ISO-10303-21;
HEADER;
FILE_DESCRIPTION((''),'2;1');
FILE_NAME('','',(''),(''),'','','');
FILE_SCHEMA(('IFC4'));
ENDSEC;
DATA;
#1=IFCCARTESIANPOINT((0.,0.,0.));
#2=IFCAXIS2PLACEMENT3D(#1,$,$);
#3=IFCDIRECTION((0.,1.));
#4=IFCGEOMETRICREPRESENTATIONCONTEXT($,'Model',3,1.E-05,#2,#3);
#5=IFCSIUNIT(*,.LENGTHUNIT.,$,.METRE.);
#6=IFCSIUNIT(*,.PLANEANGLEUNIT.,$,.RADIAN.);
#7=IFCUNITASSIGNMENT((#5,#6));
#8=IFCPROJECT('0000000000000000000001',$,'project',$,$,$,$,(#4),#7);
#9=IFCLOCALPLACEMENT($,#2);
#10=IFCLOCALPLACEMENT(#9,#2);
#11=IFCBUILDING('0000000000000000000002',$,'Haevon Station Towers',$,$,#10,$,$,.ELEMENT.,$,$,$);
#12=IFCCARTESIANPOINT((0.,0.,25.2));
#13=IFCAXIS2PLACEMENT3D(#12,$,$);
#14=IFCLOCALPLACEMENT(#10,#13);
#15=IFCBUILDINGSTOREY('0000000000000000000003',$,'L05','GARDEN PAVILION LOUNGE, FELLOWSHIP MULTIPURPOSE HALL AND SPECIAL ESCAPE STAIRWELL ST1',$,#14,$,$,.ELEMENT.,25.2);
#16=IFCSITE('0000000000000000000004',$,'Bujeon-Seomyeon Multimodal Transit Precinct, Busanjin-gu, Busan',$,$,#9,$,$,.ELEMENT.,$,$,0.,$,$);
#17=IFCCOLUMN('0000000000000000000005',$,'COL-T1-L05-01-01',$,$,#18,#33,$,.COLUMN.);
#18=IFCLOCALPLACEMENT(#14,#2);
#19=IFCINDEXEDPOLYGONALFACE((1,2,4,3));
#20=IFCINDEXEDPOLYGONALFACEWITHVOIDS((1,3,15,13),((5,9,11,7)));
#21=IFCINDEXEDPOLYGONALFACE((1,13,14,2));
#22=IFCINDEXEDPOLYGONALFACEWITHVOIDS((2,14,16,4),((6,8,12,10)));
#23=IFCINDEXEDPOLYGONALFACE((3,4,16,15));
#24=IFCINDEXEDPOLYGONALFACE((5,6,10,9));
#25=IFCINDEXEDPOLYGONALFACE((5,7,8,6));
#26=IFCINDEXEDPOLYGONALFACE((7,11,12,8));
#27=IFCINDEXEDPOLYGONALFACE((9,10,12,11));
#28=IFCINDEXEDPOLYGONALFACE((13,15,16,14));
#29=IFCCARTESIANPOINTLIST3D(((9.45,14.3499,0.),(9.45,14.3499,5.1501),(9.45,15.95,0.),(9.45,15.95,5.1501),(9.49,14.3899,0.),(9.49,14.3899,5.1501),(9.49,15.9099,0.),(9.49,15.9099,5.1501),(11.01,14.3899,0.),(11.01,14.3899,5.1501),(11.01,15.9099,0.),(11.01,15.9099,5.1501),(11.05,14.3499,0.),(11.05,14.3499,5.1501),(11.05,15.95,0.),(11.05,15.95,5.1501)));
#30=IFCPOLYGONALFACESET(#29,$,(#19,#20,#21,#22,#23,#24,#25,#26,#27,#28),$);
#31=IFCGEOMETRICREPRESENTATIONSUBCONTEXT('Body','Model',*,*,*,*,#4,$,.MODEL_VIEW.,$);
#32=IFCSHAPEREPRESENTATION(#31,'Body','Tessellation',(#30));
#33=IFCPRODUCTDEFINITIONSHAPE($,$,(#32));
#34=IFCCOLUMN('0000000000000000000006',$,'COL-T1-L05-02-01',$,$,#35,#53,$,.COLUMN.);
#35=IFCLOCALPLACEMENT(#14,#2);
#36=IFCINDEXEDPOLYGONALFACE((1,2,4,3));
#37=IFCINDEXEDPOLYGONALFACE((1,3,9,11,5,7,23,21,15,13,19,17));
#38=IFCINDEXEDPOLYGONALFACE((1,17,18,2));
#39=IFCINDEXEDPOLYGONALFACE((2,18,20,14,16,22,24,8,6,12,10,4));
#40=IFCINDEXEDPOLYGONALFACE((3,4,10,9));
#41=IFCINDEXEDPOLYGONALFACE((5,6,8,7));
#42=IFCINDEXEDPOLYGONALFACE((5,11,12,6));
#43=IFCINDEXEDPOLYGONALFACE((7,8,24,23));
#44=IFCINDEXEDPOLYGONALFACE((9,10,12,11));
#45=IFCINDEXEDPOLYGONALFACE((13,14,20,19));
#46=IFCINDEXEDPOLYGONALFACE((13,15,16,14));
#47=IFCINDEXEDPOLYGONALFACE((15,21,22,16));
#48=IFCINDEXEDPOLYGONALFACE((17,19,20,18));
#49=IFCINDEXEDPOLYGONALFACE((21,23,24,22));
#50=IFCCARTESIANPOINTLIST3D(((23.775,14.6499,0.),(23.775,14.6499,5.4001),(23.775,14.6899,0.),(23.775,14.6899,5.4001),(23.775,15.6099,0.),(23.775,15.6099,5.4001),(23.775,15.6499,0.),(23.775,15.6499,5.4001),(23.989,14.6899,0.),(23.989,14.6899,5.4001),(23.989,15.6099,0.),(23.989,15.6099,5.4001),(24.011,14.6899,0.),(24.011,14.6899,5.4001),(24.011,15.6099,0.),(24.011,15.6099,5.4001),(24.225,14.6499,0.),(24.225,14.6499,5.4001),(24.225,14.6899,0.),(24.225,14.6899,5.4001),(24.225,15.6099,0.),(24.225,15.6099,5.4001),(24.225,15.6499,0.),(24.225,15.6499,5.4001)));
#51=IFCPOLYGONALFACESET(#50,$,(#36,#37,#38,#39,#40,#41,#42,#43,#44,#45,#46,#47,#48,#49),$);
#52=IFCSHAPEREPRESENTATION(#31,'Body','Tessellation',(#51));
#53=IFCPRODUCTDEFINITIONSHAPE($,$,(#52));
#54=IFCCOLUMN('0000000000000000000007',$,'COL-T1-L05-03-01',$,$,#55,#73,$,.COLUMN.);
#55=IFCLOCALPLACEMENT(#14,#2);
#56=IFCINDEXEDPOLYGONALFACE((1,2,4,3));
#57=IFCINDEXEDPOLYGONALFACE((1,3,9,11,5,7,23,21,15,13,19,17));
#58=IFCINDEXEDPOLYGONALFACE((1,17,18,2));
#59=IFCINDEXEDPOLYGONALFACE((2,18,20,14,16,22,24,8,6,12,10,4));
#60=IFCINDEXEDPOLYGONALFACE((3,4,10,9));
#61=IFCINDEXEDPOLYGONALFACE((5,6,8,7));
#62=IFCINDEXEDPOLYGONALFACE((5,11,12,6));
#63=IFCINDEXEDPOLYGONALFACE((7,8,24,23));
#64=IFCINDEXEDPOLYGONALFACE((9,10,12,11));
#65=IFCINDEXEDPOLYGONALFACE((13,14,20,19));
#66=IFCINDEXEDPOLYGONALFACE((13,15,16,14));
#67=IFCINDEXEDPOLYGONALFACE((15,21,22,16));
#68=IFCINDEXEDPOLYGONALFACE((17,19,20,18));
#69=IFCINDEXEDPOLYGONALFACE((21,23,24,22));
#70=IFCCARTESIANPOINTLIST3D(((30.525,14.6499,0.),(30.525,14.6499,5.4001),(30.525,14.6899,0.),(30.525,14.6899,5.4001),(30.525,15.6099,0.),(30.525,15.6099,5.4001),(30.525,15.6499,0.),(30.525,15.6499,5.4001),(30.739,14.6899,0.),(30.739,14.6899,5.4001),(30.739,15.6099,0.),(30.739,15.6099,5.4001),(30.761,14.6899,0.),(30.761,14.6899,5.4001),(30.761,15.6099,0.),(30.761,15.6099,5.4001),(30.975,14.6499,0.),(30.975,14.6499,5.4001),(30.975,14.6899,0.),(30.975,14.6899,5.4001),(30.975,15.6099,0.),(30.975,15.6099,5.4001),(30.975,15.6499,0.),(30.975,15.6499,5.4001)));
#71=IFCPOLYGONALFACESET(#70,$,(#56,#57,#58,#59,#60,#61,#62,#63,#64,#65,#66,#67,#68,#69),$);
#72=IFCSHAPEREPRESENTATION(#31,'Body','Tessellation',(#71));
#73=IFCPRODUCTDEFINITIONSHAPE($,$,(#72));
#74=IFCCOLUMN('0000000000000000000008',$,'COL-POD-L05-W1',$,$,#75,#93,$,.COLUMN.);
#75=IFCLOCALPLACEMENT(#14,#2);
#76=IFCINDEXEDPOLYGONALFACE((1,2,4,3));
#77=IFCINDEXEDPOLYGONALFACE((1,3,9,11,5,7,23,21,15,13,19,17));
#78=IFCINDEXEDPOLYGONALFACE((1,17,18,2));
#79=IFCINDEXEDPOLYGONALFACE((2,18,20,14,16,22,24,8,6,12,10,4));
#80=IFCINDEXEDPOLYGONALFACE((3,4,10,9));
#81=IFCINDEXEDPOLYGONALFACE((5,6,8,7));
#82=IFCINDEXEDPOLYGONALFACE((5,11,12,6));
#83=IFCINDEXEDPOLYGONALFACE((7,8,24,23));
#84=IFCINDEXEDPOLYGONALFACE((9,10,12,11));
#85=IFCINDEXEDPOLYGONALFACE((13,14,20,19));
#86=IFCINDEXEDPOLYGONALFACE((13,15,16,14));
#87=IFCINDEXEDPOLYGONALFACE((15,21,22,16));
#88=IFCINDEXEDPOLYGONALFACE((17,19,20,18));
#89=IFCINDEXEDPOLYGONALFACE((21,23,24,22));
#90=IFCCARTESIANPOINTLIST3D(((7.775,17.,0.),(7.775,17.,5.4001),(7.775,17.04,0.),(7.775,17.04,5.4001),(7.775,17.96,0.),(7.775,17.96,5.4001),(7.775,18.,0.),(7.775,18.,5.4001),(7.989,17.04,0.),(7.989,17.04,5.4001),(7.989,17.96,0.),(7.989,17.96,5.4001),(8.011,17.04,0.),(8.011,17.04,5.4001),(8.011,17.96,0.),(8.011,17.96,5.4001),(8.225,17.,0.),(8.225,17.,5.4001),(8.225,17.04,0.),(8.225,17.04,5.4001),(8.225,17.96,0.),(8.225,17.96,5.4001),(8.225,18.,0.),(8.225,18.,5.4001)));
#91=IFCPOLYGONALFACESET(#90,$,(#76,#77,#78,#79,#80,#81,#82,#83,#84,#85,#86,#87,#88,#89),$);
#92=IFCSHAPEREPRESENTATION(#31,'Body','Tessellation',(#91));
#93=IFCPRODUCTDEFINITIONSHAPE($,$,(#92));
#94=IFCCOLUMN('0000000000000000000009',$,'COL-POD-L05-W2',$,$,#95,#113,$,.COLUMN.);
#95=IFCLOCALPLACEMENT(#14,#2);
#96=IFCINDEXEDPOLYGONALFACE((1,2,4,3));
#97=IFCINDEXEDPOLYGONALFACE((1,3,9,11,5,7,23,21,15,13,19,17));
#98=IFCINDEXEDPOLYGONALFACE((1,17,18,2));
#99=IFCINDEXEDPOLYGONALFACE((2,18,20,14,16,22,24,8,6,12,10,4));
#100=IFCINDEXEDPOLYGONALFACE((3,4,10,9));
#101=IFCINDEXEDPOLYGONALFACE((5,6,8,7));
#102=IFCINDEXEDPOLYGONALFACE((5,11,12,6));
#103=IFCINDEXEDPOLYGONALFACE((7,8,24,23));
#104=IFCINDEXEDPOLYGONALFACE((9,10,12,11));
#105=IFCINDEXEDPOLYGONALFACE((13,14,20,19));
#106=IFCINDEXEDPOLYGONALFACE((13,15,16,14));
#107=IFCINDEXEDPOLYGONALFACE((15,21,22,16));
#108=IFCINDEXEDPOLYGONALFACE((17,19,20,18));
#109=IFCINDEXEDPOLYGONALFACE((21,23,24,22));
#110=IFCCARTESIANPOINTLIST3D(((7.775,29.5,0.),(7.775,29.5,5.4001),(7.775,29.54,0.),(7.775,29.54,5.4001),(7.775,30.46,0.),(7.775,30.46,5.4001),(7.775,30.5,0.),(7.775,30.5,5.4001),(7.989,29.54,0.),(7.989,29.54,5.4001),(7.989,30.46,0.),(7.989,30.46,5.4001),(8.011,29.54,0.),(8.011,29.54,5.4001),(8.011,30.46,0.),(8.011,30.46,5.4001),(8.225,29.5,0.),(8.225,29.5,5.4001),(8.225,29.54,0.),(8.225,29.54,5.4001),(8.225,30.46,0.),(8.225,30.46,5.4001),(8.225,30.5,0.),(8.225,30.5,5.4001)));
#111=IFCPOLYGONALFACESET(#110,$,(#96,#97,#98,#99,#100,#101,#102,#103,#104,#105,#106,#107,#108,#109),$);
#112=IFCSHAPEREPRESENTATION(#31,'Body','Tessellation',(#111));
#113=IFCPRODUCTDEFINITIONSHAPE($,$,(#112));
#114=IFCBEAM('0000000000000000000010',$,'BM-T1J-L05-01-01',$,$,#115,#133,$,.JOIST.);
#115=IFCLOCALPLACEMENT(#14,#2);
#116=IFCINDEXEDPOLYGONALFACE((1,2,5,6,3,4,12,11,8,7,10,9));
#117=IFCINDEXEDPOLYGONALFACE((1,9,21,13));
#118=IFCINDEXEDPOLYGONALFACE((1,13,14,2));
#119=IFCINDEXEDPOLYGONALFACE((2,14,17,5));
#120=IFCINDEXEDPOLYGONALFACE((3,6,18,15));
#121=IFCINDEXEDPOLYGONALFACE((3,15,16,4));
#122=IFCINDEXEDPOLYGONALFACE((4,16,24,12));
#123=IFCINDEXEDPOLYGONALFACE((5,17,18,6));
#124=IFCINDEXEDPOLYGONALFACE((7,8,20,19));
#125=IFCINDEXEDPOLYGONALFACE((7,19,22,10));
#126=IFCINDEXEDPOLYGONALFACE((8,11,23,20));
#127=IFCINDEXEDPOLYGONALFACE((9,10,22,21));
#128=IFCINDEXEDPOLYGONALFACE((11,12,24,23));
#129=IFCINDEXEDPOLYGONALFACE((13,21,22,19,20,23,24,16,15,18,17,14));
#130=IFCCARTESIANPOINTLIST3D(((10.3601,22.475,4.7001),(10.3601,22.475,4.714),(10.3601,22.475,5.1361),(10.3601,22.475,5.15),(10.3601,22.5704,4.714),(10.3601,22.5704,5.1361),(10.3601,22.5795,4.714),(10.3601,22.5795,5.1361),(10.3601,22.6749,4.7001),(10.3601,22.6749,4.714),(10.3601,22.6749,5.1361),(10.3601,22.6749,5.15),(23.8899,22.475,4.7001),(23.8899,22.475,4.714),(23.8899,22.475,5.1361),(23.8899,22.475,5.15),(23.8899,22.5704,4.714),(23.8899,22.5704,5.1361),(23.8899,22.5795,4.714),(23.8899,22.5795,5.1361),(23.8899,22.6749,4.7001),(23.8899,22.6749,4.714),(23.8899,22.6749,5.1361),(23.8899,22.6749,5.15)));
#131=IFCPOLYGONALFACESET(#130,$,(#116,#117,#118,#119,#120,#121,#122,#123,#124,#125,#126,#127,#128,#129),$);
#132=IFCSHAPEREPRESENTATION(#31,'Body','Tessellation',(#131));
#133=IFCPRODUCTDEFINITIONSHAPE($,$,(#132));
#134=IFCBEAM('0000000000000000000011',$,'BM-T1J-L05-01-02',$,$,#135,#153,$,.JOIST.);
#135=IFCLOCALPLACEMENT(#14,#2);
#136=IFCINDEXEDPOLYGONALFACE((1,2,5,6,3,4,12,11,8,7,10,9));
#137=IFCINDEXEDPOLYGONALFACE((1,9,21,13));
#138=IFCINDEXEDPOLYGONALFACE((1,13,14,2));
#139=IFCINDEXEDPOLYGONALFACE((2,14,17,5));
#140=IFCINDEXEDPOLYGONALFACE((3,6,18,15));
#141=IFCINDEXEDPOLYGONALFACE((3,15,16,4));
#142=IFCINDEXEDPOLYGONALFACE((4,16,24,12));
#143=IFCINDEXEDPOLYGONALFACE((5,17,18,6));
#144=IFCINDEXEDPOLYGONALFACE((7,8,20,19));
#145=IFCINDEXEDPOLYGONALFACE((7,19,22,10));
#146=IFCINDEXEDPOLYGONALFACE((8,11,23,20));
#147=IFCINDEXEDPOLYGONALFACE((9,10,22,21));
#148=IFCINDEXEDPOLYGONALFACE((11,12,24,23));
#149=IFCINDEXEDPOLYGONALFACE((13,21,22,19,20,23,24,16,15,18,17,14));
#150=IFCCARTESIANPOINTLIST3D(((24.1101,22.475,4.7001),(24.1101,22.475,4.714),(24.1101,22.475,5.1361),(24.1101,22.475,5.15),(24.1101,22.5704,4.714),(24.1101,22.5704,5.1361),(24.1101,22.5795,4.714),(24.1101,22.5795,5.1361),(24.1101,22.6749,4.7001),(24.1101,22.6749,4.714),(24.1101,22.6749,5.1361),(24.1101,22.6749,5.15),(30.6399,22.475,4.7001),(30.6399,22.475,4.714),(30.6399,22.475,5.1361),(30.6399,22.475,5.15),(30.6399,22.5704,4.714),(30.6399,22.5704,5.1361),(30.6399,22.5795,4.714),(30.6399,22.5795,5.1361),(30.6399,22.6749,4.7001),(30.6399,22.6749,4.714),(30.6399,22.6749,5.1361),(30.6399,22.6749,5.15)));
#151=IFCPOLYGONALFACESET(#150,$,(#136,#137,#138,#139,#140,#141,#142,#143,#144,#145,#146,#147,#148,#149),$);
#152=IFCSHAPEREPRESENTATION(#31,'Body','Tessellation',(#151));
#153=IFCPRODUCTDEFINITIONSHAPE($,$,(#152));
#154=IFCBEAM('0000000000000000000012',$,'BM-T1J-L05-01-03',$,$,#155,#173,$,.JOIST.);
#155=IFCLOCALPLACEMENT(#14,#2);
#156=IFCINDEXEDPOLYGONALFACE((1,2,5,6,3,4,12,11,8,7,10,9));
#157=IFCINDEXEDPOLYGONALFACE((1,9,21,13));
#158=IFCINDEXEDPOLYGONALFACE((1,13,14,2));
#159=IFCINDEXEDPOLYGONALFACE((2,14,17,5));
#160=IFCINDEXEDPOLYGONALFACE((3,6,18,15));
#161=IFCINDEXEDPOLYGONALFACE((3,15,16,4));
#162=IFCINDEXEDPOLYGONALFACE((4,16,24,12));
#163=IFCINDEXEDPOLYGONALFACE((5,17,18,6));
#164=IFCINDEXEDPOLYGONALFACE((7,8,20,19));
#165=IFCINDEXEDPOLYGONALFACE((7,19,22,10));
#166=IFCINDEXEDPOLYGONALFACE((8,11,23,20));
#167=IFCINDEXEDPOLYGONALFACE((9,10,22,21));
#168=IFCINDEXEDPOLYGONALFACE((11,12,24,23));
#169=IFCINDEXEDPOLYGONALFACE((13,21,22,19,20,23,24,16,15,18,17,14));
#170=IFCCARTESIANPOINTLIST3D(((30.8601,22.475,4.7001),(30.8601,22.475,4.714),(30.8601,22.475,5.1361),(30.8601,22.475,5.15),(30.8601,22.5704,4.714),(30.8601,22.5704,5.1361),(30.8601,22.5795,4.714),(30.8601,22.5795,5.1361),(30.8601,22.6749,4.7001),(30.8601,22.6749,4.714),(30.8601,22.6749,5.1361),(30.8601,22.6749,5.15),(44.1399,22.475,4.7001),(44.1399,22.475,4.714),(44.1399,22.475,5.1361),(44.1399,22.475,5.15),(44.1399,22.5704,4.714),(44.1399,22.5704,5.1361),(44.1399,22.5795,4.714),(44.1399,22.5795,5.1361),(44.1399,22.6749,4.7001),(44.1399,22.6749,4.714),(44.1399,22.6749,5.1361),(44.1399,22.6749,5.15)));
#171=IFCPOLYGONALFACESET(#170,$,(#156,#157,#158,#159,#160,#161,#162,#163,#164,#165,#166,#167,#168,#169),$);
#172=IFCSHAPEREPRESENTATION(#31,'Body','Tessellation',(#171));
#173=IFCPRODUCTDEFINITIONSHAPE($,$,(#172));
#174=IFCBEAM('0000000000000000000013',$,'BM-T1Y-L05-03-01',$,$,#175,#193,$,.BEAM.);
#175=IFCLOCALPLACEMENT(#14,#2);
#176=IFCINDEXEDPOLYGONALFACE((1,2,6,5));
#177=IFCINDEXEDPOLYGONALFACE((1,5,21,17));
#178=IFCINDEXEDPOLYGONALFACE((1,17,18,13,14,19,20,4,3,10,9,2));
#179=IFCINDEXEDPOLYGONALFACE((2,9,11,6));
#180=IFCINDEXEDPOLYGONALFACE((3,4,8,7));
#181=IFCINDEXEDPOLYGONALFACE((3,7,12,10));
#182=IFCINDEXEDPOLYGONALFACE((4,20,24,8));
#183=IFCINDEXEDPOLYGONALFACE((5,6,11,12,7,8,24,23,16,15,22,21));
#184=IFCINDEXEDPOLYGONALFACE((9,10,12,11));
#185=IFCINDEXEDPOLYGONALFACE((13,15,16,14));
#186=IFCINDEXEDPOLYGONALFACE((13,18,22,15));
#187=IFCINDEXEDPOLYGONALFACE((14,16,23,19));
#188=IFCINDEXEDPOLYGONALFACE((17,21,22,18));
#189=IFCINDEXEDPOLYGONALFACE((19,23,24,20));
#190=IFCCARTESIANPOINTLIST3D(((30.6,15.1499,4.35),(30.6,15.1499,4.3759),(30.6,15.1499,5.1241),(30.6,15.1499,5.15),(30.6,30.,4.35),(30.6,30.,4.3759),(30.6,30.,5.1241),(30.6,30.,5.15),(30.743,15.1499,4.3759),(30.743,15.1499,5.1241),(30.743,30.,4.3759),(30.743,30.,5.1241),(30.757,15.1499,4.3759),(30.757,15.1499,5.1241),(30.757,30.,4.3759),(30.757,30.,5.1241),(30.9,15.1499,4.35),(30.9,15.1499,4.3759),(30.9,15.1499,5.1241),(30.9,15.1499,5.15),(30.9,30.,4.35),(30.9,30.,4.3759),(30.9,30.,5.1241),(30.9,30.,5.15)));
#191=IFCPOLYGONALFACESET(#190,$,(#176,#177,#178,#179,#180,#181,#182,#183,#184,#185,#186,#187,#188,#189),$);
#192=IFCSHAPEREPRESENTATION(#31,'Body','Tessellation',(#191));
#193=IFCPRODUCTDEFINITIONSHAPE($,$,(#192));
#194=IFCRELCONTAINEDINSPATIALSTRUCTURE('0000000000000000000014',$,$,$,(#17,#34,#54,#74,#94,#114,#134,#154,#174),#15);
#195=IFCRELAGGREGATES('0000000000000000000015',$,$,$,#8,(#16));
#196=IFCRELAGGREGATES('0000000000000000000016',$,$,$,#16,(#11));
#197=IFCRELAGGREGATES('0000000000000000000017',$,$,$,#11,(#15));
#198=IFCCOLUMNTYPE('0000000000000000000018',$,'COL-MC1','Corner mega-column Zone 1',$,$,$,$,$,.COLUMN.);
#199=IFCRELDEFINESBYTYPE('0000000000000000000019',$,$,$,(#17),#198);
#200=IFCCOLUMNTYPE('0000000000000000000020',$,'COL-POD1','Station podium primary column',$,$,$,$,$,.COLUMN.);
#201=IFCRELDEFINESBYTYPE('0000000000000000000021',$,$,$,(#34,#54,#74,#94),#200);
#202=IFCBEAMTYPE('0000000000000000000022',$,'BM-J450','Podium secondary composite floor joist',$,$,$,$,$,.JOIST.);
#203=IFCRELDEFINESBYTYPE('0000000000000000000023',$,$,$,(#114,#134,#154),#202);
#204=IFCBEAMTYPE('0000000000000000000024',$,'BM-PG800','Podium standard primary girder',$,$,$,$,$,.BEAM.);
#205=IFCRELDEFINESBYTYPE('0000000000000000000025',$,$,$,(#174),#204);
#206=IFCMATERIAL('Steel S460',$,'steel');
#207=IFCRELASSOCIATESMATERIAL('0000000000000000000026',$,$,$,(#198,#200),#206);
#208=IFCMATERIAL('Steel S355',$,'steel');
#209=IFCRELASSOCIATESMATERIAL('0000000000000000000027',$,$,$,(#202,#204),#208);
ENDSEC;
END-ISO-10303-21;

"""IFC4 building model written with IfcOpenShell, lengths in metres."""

from ifc_helpers import new_model, si_unit, direction, frame, origin, origin_2d, place, context, subcontext, project, spatial, hollow_rectangle, i_section, extrude, material, material_profile, profile_set, type_object, element, save


model = new_model("IFC4")

# Units and contexts
model_context = context("Model", 3, precision=1e-05, world=origin(), true_north=direction((0.0, 1.0)))
body_context = subcontext(model_context, "Body", "Model", "MODEL_VIEW")
ifc_project = project(units=[si_unit("LENGTHUNIT", "METRE"), si_unit("PLANEANGLEUNIT", "RADIAN")], contexts=[model_context])

# Site, building, storey
site_placement = place(None, origin())
site = spatial("IfcSite", under=ifc_project, at=site_placement, Name="Bujeon-Seomyeon Multimodal Transit Precinct, Busanjin-gu, Busan", CompositionType="ELEMENT", RefElevation=0.0)
building_placement = place(site_placement, origin())
building = spatial("IfcBuilding", under=site, at=building_placement, Name="Haevon Station Towers", CompositionType="ELEMENT")
storey_placement = place(building_placement, frame((0.0, 0.0, 25.2)))
storey = spatial("IfcBuildingStorey", under=building, at=storey_placement, Name="L05", Description="GARDEN PAVILION LOUNGE, FELLOWSHIP MULTIPURPOSE HALL AND SPECIAL ESCAPE STAIRWELL ST1", CompositionType="ELEMENT", Elevation=25.2)

# Columns
ifc_material_1 = material(Name="Steel S460", Category="steel")
ifc_material_profile_1 = material_profile(ifc_material_1, hollow_rectangle(XDim=1.6001, YDim=1.6001, WallThickness=0.04, at=origin_2d()), Name="BOX-1600x1600x40")
ifc_profile_set_1 = profile_set([ifc_material_profile_1], Name="Steel S460")
column_type_1 = type_object("IfcColumnType", Name="COL-MC1", Description="Corner mega-column Zone 1", PredefinedType="COLUMN", material=ifc_profile_set_1)
column_placement = place(storey_placement, frame((10.25, 15.1499, 0.0), z_axis=(0.0, 0.0, 1.0), x_axis=(1.0, 0.0, 0.0)))
element("IfcColumn", 1, at=column_placement, inside=storey, type_object=column_type_1, Name="COL-T1-L05-01-01", PredefinedType="COLUMN", context=body_context, shape_type="SweptSolid", body=[
    extrude(hollow_rectangle(XDim=1.6001, YDim=1.6001, WallThickness=0.04, at=origin_2d()), origin(), (0.0, 0.0, 1.0), 5.1501),
])
ifc_material_profile_2 = material_profile(ifc_material_1, i_section(OverallWidth=0.45, OverallDepth=1.0, WebThickness=0.022, FlangeThickness=0.04, at=origin_2d()), Name="H-1000x450x22x40")
ifc_profile_set_2 = profile_set([ifc_material_profile_2], Name="Steel S460")
column_type_2 = type_object("IfcColumnType", Name="COL-POD1", Description="Station podium primary column", PredefinedType="COLUMN", material=ifc_profile_set_2)
for number, where, z_axis, x_axis, name in (
    (2, (24.0, 15.1499, 0.0), (0.0, 0.0, 1.0), (1.0, 0.0, 0.0), "COL-T1-L05-02-01"),
    (3, (30.75, 15.1499, 0.0), (0.0, 0.0, 1.0), (1.0, 0.0, 0.0), "COL-T1-L05-03-01"),
    (4, (8.0, 17.5, 0.0), (0.0, 0.0, 1.0), (1.0, 0.0, 0.0), "COL-POD-L05-W1"),
    (5, (8.0, 30.0, 0.0), (0.0, 0.0, 1.0), (1.0, 0.0, 0.0), "COL-POD-L05-W2"),
):
    element("IfcColumn", number, at=place(storey_placement, frame(where, z_axis=z_axis, x_axis=x_axis)), inside=storey, type_object=column_type_2, Name=name, PredefinedType="COLUMN", context=body_context, shape_type="SweptSolid", body=[
        extrude(i_section(OverallWidth=0.45, OverallDepth=1.0, WebThickness=0.022, FlangeThickness=0.04, at=origin_2d()), origin(), (0.0, 0.0, 1.0), 5.4001),
    ])

# Beams
ifc_material_2 = material(Name="Steel S355", Category="steel")
ifc_material_profile_3 = material_profile(ifc_material_2, i_section(OverallWidth=0.2, OverallDepth=0.45, WebThickness=0.009, FlangeThickness=0.0139, at=origin_2d()), Name="H-450x200x9x14")
ifc_profile_set_3 = profile_set([ifc_material_profile_3], Name="Steel S355")
beam_type_1 = type_object("IfcBeamType", Name="BM-J450", Description="Podium secondary composite floor joist", PredefinedType="JOIST", material=ifc_profile_set_3)
beam_1_placement = place(storey_placement, frame((10.3601, 22.575, 4.925), z_axis=(1.0, 0.0, 0.0), x_axis=(0.0, 1.0, 0.0)))
element("IfcBeam", 6, at=beam_1_placement, inside=storey, type_object=beam_type_1, Name="BM-T1J-L05-01-01", PredefinedType="JOIST", context=body_context, shape_type="SweptSolid", body=[
    extrude(i_section(OverallWidth=0.2, OverallDepth=0.45, WebThickness=0.009, FlangeThickness=0.0139, at=origin_2d()), origin(), (0.0, 0.0, 1.0), 13.5298),
])
beam_2_placement = place(storey_placement, frame((24.1101, 22.575, 4.925), z_axis=(1.0, 0.0, 0.0), x_axis=(0.0, 1.0, 0.0)))
element("IfcBeam", 7, at=beam_2_placement, inside=storey, type_object=beam_type_1, Name="BM-T1J-L05-01-02", PredefinedType="JOIST", context=body_context, shape_type="SweptSolid", body=[
    extrude(i_section(OverallWidth=0.2, OverallDepth=0.45, WebThickness=0.009, FlangeThickness=0.0139, at=origin_2d()), origin(), (0.0, 0.0, 1.0), 6.5298),
])
beam_3_placement = place(storey_placement, frame((30.8601, 22.575, 4.925), z_axis=(1.0, 0.0, 0.0), x_axis=(0.0, 1.0, 0.0)))
element("IfcBeam", 8, at=beam_3_placement, inside=storey, type_object=beam_type_1, Name="BM-T1J-L05-01-03", PredefinedType="JOIST", context=body_context, shape_type="SweptSolid", body=[
    extrude(i_section(OverallWidth=0.2, OverallDepth=0.45, WebThickness=0.009, FlangeThickness=0.0139, at=origin_2d()), origin(), (0.0, 0.0, 1.0), 13.2798),
])
ifc_material_profile_4 = material_profile(ifc_material_2, i_section(OverallWidth=0.3, OverallDepth=0.8, WebThickness=0.0139, FlangeThickness=0.0259, at=origin_2d()), Name="H-800x300x14x26")
ifc_profile_set_4 = profile_set([ifc_material_profile_4], Name="Steel S355")
beam_type_2 = type_object("IfcBeamType", Name="BM-PG800", Description="Podium standard primary girder", PredefinedType="BEAM", material=ifc_profile_set_4)
beam_4_placement = place(storey_placement, frame((30.75, 15.1499, 4.75), z_axis=(0.0, 1.0, 0.0), x_axis=(-1.0, 0.0, 0.0)))
element("IfcBeam", 9, at=beam_4_placement, inside=storey, type_object=beam_type_2, Name="BM-T1Y-L05-03-01", PredefinedType="BEAM", context=body_context, shape_type="SweptSolid", body=[
    extrude(i_section(OverallWidth=0.3, OverallDepth=0.8, WebThickness=0.0139, FlangeThickness=0.0259, at=origin_2d()), origin(), (0.0, 0.0, 1.0), 14.8501),
])

save(model, "model.ifc")
